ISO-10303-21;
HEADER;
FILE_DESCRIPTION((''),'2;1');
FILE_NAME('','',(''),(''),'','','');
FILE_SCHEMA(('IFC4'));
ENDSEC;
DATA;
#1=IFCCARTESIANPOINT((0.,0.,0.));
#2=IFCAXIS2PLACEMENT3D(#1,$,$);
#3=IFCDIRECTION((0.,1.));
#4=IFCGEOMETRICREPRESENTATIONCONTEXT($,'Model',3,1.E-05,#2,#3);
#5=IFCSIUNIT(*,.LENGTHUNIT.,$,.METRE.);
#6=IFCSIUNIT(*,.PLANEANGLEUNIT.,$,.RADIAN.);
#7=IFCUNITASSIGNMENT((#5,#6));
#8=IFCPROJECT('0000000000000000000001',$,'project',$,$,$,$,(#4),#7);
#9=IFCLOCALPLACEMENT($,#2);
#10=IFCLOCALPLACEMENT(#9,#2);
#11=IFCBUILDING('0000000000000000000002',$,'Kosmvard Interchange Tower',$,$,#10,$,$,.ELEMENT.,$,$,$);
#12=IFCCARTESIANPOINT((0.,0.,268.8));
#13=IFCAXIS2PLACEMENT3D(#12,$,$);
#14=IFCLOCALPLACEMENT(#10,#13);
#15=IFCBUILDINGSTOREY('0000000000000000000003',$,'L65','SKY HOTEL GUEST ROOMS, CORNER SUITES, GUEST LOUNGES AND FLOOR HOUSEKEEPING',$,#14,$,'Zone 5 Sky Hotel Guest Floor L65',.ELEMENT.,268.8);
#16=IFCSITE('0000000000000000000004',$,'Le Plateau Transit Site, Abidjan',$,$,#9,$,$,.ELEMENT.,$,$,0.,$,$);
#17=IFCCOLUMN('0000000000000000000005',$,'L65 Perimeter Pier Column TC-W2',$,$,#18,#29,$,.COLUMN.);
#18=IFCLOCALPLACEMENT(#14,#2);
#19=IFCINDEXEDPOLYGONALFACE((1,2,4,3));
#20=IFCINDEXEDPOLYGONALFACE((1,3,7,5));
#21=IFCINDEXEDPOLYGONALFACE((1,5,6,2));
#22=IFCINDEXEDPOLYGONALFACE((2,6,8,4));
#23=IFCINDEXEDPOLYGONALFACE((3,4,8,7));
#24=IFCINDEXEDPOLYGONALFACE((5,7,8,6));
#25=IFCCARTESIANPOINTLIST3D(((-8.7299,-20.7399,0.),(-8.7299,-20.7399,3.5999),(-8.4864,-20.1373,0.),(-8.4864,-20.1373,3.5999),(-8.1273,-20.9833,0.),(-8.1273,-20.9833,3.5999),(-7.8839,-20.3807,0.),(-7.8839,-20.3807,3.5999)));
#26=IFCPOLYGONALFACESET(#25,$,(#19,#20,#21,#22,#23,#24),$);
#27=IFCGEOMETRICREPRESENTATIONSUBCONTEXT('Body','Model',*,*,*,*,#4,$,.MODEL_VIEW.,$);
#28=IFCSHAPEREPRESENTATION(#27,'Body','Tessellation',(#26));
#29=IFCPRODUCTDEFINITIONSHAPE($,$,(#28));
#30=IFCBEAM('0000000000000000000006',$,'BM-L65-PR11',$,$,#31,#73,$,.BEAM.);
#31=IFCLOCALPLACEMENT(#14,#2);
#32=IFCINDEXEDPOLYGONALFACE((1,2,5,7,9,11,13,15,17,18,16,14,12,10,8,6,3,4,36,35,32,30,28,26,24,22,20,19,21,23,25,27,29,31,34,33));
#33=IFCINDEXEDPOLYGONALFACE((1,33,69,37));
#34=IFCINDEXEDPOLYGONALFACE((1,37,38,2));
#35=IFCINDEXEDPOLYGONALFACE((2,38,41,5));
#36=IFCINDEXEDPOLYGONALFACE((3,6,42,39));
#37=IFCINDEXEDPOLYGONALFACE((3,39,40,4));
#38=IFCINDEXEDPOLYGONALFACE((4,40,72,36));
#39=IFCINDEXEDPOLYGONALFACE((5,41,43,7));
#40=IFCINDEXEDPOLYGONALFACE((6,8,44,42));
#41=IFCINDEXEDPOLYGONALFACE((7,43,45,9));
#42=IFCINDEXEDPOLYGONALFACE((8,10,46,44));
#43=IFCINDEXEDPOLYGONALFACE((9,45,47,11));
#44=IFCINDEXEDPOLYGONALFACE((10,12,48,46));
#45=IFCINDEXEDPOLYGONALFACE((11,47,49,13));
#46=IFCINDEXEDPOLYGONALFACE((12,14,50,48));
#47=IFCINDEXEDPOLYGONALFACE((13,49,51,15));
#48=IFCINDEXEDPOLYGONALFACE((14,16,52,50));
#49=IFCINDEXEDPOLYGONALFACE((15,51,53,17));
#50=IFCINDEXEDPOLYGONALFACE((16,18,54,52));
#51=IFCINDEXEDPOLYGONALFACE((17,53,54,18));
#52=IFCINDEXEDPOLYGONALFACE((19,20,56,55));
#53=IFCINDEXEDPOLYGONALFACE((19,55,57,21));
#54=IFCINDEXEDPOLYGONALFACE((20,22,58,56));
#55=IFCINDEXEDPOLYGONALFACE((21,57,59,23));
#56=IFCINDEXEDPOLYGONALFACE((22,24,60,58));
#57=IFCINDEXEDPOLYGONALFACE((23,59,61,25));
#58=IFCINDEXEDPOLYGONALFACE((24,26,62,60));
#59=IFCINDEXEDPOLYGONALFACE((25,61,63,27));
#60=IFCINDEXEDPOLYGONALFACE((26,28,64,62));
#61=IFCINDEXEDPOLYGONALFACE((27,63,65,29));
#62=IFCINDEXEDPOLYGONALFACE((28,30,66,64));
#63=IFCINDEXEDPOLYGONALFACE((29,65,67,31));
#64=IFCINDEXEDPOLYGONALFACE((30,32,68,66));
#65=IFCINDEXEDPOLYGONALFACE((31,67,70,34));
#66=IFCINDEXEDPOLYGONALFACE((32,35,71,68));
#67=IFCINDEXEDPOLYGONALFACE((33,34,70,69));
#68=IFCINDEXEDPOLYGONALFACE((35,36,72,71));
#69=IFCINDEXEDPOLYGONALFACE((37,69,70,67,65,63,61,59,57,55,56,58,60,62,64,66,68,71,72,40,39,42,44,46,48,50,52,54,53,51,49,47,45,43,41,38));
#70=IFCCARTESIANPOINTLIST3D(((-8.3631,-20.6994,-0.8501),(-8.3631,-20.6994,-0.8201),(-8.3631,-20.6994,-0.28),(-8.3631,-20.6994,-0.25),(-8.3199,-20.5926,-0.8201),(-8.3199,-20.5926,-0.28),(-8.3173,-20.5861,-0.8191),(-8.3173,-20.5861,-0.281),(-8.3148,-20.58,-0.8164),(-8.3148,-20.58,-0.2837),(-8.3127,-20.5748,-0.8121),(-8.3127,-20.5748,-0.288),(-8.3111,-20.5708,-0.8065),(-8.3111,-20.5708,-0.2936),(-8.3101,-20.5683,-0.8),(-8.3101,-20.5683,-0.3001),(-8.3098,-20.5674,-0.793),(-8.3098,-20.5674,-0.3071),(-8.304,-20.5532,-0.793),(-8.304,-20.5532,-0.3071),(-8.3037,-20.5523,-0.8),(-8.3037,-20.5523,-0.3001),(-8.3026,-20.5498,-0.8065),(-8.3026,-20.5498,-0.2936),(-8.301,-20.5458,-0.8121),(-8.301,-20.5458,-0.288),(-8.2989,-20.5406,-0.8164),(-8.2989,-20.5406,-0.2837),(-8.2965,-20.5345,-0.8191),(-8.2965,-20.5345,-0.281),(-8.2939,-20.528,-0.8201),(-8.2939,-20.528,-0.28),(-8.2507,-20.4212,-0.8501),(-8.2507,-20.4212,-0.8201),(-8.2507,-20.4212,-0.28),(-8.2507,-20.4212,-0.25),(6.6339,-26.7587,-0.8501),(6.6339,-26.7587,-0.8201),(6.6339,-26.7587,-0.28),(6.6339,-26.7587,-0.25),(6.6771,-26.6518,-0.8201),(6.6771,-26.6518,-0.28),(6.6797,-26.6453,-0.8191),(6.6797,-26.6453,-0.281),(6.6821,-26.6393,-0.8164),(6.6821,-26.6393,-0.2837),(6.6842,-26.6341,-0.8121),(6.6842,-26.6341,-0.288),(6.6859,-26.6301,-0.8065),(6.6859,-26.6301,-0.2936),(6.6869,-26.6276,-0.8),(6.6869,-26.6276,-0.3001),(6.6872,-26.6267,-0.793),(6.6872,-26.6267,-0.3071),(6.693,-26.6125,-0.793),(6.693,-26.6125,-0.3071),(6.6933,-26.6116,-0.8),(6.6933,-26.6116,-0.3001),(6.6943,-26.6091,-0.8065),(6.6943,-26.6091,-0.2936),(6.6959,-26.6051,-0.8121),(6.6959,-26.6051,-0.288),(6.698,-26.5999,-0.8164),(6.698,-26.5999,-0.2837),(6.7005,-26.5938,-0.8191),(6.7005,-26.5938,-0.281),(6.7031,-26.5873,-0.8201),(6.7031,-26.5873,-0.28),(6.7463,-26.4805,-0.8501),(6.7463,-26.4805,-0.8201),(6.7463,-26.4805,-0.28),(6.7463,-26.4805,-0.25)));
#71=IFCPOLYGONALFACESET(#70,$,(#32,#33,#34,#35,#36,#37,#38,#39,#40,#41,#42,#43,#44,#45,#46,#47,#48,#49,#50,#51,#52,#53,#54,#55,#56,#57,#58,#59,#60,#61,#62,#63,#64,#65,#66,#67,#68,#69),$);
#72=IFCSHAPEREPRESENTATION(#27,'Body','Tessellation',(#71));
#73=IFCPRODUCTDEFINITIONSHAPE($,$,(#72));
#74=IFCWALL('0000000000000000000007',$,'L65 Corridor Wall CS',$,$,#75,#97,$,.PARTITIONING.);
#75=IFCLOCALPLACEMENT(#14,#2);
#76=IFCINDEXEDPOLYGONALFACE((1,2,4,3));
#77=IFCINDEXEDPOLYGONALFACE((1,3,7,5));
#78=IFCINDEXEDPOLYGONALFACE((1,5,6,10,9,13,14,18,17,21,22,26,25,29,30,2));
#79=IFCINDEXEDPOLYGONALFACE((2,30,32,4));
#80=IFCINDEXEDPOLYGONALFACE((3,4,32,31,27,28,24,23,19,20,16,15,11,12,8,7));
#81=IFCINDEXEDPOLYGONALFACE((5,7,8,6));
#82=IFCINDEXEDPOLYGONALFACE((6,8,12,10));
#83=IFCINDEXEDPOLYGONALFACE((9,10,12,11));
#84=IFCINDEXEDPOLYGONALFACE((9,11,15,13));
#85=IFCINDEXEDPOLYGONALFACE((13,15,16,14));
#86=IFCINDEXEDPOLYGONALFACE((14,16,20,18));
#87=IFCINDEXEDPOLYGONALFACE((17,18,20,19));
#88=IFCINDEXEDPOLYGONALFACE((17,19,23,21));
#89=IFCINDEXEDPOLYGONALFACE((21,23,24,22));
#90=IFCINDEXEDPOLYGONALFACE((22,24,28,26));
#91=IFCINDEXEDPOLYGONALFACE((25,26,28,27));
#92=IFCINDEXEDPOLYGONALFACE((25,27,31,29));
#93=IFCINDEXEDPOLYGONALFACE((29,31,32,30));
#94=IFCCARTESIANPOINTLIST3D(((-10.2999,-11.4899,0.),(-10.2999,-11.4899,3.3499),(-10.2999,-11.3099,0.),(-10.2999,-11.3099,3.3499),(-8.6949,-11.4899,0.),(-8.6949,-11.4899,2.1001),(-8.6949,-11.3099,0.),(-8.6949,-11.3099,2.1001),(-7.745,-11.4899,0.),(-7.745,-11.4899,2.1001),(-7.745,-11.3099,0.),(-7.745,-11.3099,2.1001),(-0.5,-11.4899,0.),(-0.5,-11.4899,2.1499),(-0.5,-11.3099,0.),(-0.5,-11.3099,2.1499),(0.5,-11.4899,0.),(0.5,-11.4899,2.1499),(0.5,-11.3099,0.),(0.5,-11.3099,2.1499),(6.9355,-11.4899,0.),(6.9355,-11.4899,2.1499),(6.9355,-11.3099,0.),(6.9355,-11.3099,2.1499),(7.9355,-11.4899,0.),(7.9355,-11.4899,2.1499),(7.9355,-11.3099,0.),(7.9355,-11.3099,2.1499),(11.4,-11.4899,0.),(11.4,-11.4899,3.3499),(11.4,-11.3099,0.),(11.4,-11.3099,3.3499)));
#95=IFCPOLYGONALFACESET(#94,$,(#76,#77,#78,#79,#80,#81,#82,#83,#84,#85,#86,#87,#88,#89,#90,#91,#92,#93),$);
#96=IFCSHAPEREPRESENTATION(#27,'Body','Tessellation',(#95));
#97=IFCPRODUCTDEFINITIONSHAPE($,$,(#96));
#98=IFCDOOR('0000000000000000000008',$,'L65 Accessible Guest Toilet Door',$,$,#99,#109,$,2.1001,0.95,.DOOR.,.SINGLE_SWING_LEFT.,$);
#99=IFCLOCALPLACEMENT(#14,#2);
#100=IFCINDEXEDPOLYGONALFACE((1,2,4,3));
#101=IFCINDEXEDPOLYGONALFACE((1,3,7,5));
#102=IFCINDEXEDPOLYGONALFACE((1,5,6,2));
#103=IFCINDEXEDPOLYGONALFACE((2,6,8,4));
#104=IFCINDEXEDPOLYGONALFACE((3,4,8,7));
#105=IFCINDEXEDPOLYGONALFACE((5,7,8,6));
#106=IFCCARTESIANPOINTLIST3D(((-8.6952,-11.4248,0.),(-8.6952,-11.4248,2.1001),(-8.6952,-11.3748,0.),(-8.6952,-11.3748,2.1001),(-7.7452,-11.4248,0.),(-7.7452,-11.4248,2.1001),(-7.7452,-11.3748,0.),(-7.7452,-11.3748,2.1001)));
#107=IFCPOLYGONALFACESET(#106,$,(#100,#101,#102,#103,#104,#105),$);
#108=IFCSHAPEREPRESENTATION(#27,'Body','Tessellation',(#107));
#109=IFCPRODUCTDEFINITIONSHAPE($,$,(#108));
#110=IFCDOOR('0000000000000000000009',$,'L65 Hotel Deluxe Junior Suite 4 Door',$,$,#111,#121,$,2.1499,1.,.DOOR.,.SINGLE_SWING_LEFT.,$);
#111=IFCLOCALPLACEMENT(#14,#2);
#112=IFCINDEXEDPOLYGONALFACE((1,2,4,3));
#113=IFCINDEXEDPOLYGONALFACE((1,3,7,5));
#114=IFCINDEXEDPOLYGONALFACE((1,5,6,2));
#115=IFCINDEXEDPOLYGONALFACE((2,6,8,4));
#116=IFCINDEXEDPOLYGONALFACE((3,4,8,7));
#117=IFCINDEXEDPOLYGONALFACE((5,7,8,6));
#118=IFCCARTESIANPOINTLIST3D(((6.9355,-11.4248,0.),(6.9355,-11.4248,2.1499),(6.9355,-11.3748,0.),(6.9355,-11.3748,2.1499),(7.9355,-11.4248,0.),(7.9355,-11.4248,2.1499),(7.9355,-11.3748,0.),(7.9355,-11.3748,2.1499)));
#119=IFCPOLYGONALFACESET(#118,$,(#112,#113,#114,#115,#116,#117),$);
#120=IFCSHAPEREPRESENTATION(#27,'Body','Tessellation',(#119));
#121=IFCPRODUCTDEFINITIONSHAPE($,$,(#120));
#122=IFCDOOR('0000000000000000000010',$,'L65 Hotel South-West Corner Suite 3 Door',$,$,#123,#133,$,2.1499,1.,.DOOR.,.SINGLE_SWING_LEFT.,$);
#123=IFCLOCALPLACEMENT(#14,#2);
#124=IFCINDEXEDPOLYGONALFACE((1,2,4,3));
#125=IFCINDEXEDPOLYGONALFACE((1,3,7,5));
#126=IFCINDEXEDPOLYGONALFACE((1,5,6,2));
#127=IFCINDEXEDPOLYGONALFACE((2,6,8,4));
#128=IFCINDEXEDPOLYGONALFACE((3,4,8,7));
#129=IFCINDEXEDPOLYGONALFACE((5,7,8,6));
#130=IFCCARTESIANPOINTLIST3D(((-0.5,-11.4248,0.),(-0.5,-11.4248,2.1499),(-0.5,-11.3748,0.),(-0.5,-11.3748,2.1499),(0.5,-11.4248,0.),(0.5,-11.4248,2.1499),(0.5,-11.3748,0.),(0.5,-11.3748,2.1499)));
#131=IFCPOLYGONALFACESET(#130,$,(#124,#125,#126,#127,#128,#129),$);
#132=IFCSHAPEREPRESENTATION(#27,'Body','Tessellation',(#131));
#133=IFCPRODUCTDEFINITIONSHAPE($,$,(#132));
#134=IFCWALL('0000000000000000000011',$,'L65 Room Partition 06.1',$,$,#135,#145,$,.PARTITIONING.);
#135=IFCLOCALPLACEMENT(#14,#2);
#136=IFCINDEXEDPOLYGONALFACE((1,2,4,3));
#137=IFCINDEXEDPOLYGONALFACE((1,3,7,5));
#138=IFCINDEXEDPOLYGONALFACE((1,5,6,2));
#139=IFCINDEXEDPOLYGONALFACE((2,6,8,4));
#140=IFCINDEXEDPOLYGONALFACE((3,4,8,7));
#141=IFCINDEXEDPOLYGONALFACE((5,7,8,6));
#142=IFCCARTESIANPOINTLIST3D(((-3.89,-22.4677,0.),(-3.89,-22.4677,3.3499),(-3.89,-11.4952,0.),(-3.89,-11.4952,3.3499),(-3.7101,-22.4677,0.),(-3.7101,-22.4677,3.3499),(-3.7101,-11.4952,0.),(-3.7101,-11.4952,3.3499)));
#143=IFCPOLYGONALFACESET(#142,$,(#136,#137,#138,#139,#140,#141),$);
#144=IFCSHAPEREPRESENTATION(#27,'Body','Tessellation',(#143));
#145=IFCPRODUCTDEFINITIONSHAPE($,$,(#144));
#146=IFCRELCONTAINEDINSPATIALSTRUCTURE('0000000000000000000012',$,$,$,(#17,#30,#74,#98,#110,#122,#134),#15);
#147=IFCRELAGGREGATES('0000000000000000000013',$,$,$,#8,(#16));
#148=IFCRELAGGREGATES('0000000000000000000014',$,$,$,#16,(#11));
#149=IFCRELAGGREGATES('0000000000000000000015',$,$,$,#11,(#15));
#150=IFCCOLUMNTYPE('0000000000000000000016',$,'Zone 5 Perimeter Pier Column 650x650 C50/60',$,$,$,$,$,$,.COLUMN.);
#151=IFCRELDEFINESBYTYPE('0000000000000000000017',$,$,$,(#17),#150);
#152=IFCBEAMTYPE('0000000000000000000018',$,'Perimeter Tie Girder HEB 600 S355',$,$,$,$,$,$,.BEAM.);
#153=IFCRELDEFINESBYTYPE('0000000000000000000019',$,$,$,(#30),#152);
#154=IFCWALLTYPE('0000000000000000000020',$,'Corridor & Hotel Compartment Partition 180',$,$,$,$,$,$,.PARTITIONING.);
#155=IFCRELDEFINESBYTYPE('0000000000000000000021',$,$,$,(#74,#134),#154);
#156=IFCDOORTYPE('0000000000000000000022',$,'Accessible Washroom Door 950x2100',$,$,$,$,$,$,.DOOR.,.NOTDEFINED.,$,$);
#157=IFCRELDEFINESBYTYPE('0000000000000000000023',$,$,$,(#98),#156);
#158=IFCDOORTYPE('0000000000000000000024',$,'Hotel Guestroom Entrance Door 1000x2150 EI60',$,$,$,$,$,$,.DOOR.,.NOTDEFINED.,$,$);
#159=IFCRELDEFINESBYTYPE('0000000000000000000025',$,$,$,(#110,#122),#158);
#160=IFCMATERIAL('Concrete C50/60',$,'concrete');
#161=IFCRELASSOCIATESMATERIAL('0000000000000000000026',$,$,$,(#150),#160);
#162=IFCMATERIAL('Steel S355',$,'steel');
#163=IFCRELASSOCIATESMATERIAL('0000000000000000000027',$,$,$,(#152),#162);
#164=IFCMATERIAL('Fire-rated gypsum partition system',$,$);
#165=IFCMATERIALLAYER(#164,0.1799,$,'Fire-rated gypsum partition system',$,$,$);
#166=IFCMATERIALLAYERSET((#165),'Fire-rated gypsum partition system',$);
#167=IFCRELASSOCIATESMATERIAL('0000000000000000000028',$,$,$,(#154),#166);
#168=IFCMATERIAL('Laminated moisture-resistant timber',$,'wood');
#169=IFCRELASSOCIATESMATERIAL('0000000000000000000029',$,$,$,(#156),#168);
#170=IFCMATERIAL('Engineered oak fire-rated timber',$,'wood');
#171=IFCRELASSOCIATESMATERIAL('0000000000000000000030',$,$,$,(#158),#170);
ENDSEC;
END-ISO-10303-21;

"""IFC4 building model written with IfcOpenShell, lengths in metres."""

from ifc_helpers import new_model, si_unit, direction, frame, frame_2d, origin, origin_2d, place, context, subcontext, project, spatial, rectangle, i_section, extrude, source, transform, mapped, material, layer, layer_set, material_profile, profile_set, type_object, element, fill, save


model = new_model("IFC4")

# Units and contexts
model_context = context("Model", 3, precision=1e-05, world=origin(), true_north=direction((0.0, 1.0)))
body_context = subcontext(model_context, "Body", "Model", "MODEL_VIEW")
ifc_project = project(units=[si_unit("LENGTHUNIT", "METRE"), si_unit("PLANEANGLEUNIT", "RADIAN")], contexts=[model_context])

# Site, building, storey
site_placement = place(None, origin())
site = spatial("IfcSite", under=ifc_project, at=site_placement, Name="Le Plateau Transit Site, Abidjan", CompositionType="ELEMENT", RefElevation=0.0)
building_placement = place(site_placement, origin())
building = spatial("IfcBuilding", under=site, at=building_placement, Name="Kosmvard Interchange Tower", CompositionType="ELEMENT")
storey_placement = place(building_placement, frame((0.0, 0.0, 268.8)))
storey = spatial("IfcBuildingStorey", under=building, at=storey_placement, Name="L65", Description="SKY HOTEL GUEST ROOMS, CORNER SUITES, GUEST LOUNGES AND FLOOR HOUSEKEEPING", LongName="Zone 5 Sky Hotel Guest Floor L65", CompositionType="ELEMENT", Elevation=268.8)

# Column
ifc_material_1 = material(Name="Concrete C50/60", Category="concrete")
ifc_material_profile_1 = material_profile(ifc_material_1, rectangle(XDim=0.6499, YDim=0.6499, at=origin_2d()), Name="TC 650x650")
ifc_profile_set_1 = profile_set([ifc_material_profile_1], Name="Concrete C50/60")
column_type = type_object("IfcColumnType", Name="Zone 5 Perimeter Pier Column 650x650 C50/60", PredefinedType="COLUMN", material=ifc_profile_set_1)
shared_shape_1 = source(origin(), body_context, "Body", "SweptSolid", [
    extrude(rectangle(XDim=0.6499, YDim=0.6499, at=origin_2d()), origin(), (0.0, 0.0, 1.0), 3.5999),
])
column_placement = place(storey_placement, frame((-8.3069, -20.5603, 0.0), z_axis=(0.0, 0.0, 1.0), x_axis=(0.374607, 0.927184, 0.0)))
element("IfcColumn", 1, at=column_placement, inside=storey, type_object=column_type, Name="L65 Perimeter Pier Column TC-W2", PredefinedType="COLUMN", context=body_context, shape_type="MappedRepresentation", body=[
    mapped(shared_shape_1, transform((0.0, 0.0, 0.0), scale=1.0)),
])

# Beam
ifc_material_2 = material(Name="Steel S355", Category="steel")
ifc_material_profile_2 = material_profile(ifc_material_2, i_section(OverallWidth=0.3, OverallDepth=0.6001, WebThickness=0.0154, FlangeThickness=0.03, FilletRadius=0.0271, at=origin_2d()), Name="HEB 600")
ifc_profile_set_2 = profile_set([ifc_material_profile_2], Name="Steel S355")
beam_type = type_object("IfcBeamType", Name="Perimeter Tie Girder HEB 600 S355", PredefinedType="BEAM", material=ifc_profile_set_2)
shared_shape_2 = source(origin(), body_context, "Body", "SweptSolid", [
    extrude(i_section(OverallWidth=0.3, OverallDepth=0.6001, WebThickness=0.0154, FlangeThickness=0.03, FilletRadius=0.0271, at=origin_2d()), origin(), (0.0, 0.0, 1.0), 16.1748),
])
beam_placement = place(storey_placement, frame((-8.3069, -20.5603, -0.55), z_axis=(0.927181, -0.374613, 0.0), x_axis=(0.374613, 0.927181, 0.0)))
element("IfcBeam", 2, at=beam_placement, inside=storey, type_object=beam_type, Name="BM-L65-PR11", PredefinedType="BEAM", context=body_context, shape_type="MappedRepresentation", body=[
    mapped(shared_shape_2, transform((0.0, 0.0, 0.0), scale=1.0)),
])

# Wall, openings, doors
ifc_material_3 = material(Name="Fire-rated gypsum partition system")
ifc_layer_1 = layer(ifc_material_3, 0.1799, Name="Fire-rated gypsum partition system")
ifc_layer_set_1 = layer_set([ifc_layer_1], Name="Fire-rated gypsum partition system")
wall_type_1 = type_object("IfcWallType", Name="Corridor & Hotel Compartment Partition 180", PredefinedType="PARTITIONING", material=ifc_layer_set_1)
wall_1_placement = place(storey_placement, frame((-10.3, -11.3999, 0.0), z_axis=(0.0, 0.0, 1.0), x_axis=(1.0, 0.0, 0.0)))
wall_1 = element("IfcWall", 3, at=wall_1_placement, inside=storey, type_object=wall_type_1, Name="L65 Corridor Wall CS", PredefinedType="PARTITIONING", context=body_context, shape_type="SweptSolid", body=[
    extrude(rectangle(XDim=21.7, YDim=0.1799, at=frame_2d((10.8501, 0.0))), origin(), (0.0, 0.0, 1.0), 3.3499),
])
opening_1_placement = place(wall_1_placement, frame((1.605, 0.0, 0.0)))
opening_1 = element("IfcOpeningElement", 4, at=opening_1_placement, cuts=wall_1, PredefinedType="OPENING", context=body_context, shape_type="SweptSolid", body=[
    extrude(rectangle(XDim=0.95, YDim=2.1001, at=frame_2d((0.4751, 1.05))), frame((0.0, 0.1001, 0.0), z_axis=(0.0, -1.0, 0.0), x_axis=(1.0, 0.0, 0.0)), (0.0, 0.0, 1.0), 0.2),
])
opening_2_placement = place(wall_1_placement, frame((17.2356, 0.0, 0.0)))
opening_2 = element("IfcOpeningElement", 5, at=opening_2_placement, cuts=wall_1, PredefinedType="OPENING", context=body_context, shape_type="SweptSolid", body=[
    extrude(rectangle(XDim=1.0, YDim=2.1499, at=frame_2d((0.5, 1.075))), frame((0.0, 0.1001, 0.0), z_axis=(0.0, -1.0, 0.0), x_axis=(1.0, 0.0, 0.0)), (0.0, 0.0, 1.0), 0.2),
])
opening_3_placement = place(wall_1_placement, frame((9.8, 0.0, 0.0)))
opening_3 = element("IfcOpeningElement", 6, at=opening_3_placement, cuts=wall_1, PredefinedType="OPENING", context=body_context, shape_type="SweptSolid", body=[
    extrude(rectangle(XDim=1.0, YDim=2.1499, at=frame_2d((0.5, 1.075))), frame((0.0, 0.1001, 0.0), z_axis=(0.0, -1.0, 0.0), x_axis=(1.0, 0.0, 0.0)), (0.0, 0.0, 1.0), 0.2),
])
ifc_material_4 = material(Name="Laminated moisture-resistant timber", Category="wood")
door_type_1 = type_object("IfcDoorType", Name="Accessible Washroom Door 950x2100", OperationType="NOTDEFINED", PredefinedType="DOOR", material=ifc_material_4)
shared_shape_3 = source(origin(), body_context, "Body", "SweptSolid", [
    extrude(rectangle(XDim=0.95, YDim=2.1001, at=frame_2d((0.4751, 1.05))), frame((0.0, 0.0249, 0.0), z_axis=(0.0, -1.0, 0.0), x_axis=(1.0, 0.0, 0.0)), (0.0, 0.0, 1.0), 0.05),
])
door_1_placement = place(opening_1_placement, frame((0.95, 0.0, 0.0), z_axis=(0.0, 0.0, 1.0), x_axis=(-1.0, 0.0, 0.0)))
door_1 = element("IfcDoor", 7, at=door_1_placement, inside=storey, type_object=door_type_1, Name="L65 Accessible Guest Toilet Door", OperationType="SINGLE_SWING_LEFT", OverallHeight=2.1001, OverallWidth=0.95, PredefinedType="DOOR", context=body_context, shape_type="MappedRepresentation", body=[
    mapped(shared_shape_3, transform((0.0, 0.0, 0.0), scale=1.0)),
])
fill(opening_1, door_1)
ifc_material_5 = material(Name="Engineered oak fire-rated timber", Category="wood")
door_type_2 = type_object("IfcDoorType", Name="Hotel Guestroom Entrance Door 1000x2150 EI60", OperationType="NOTDEFINED", PredefinedType="DOOR", material=ifc_material_5)
shared_shape_4 = source(origin(), body_context, "Body", "SweptSolid", [
    extrude(rectangle(XDim=1.0, YDim=2.1499, at=frame_2d((0.5, 1.075))), frame((0.0, 0.0249, 0.0), z_axis=(0.0, -1.0, 0.0), x_axis=(1.0, 0.0, 0.0)), (0.0, 0.0, 1.0), 0.05),
])
door_2_placement = place(opening_2_placement, frame((1.0, 0.0, 0.0), z_axis=(0.0, 0.0, 1.0), x_axis=(-1.0, 0.0, 0.0)))
door_2 = element("IfcDoor", 8, at=door_2_placement, inside=storey, type_object=door_type_2, Name="L65 Hotel Deluxe Junior Suite 4 Door", OperationType="SINGLE_SWING_LEFT", OverallHeight=2.1499, OverallWidth=1.0, PredefinedType="DOOR", context=body_context, shape_type="MappedRepresentation", body=[
    mapped(shared_shape_4, transform((0.0, 0.0, 0.0), scale=1.0)),
])
fill(opening_2, door_2)
door_3_placement = place(opening_3_placement, frame((1.0, 0.0, 0.0), z_axis=(0.0, 0.0, 1.0), x_axis=(-1.0, 0.0, 0.0)))
door_3 = element("IfcDoor", 9, at=door_3_placement, inside=storey, type_object=door_type_2, Name="L65 Hotel South-West Corner Suite 3 Door", OperationType="SINGLE_SWING_LEFT", OverallHeight=2.1499, OverallWidth=1.0, PredefinedType="DOOR", context=body_context, shape_type="MappedRepresentation", body=[
    mapped(shared_shape_4, transform((0.0, 0.0, 0.0), scale=1.0)),
])
fill(opening_3, door_3)

# Wall
wall_2_placement = place(storey_placement, frame((-3.8, -11.4951, 0.0), z_axis=(0.0, 0.0, 1.0), x_axis=(0.0, -1.0, 0.0)))
element("IfcWall", 10, at=wall_2_placement, inside=storey, type_object=wall_type_1, Name="L65 Room Partition 06.1", PredefinedType="PARTITIONING", context=body_context, shape_type="SweptSolid", body=[
    extrude(rectangle(XDim=10.9724, YDim=0.1799, at=frame_2d((5.4863, 0.0))), origin(), (0.0, 0.0, 1.0), 3.3499),
])

save(model, "model.ifc")
